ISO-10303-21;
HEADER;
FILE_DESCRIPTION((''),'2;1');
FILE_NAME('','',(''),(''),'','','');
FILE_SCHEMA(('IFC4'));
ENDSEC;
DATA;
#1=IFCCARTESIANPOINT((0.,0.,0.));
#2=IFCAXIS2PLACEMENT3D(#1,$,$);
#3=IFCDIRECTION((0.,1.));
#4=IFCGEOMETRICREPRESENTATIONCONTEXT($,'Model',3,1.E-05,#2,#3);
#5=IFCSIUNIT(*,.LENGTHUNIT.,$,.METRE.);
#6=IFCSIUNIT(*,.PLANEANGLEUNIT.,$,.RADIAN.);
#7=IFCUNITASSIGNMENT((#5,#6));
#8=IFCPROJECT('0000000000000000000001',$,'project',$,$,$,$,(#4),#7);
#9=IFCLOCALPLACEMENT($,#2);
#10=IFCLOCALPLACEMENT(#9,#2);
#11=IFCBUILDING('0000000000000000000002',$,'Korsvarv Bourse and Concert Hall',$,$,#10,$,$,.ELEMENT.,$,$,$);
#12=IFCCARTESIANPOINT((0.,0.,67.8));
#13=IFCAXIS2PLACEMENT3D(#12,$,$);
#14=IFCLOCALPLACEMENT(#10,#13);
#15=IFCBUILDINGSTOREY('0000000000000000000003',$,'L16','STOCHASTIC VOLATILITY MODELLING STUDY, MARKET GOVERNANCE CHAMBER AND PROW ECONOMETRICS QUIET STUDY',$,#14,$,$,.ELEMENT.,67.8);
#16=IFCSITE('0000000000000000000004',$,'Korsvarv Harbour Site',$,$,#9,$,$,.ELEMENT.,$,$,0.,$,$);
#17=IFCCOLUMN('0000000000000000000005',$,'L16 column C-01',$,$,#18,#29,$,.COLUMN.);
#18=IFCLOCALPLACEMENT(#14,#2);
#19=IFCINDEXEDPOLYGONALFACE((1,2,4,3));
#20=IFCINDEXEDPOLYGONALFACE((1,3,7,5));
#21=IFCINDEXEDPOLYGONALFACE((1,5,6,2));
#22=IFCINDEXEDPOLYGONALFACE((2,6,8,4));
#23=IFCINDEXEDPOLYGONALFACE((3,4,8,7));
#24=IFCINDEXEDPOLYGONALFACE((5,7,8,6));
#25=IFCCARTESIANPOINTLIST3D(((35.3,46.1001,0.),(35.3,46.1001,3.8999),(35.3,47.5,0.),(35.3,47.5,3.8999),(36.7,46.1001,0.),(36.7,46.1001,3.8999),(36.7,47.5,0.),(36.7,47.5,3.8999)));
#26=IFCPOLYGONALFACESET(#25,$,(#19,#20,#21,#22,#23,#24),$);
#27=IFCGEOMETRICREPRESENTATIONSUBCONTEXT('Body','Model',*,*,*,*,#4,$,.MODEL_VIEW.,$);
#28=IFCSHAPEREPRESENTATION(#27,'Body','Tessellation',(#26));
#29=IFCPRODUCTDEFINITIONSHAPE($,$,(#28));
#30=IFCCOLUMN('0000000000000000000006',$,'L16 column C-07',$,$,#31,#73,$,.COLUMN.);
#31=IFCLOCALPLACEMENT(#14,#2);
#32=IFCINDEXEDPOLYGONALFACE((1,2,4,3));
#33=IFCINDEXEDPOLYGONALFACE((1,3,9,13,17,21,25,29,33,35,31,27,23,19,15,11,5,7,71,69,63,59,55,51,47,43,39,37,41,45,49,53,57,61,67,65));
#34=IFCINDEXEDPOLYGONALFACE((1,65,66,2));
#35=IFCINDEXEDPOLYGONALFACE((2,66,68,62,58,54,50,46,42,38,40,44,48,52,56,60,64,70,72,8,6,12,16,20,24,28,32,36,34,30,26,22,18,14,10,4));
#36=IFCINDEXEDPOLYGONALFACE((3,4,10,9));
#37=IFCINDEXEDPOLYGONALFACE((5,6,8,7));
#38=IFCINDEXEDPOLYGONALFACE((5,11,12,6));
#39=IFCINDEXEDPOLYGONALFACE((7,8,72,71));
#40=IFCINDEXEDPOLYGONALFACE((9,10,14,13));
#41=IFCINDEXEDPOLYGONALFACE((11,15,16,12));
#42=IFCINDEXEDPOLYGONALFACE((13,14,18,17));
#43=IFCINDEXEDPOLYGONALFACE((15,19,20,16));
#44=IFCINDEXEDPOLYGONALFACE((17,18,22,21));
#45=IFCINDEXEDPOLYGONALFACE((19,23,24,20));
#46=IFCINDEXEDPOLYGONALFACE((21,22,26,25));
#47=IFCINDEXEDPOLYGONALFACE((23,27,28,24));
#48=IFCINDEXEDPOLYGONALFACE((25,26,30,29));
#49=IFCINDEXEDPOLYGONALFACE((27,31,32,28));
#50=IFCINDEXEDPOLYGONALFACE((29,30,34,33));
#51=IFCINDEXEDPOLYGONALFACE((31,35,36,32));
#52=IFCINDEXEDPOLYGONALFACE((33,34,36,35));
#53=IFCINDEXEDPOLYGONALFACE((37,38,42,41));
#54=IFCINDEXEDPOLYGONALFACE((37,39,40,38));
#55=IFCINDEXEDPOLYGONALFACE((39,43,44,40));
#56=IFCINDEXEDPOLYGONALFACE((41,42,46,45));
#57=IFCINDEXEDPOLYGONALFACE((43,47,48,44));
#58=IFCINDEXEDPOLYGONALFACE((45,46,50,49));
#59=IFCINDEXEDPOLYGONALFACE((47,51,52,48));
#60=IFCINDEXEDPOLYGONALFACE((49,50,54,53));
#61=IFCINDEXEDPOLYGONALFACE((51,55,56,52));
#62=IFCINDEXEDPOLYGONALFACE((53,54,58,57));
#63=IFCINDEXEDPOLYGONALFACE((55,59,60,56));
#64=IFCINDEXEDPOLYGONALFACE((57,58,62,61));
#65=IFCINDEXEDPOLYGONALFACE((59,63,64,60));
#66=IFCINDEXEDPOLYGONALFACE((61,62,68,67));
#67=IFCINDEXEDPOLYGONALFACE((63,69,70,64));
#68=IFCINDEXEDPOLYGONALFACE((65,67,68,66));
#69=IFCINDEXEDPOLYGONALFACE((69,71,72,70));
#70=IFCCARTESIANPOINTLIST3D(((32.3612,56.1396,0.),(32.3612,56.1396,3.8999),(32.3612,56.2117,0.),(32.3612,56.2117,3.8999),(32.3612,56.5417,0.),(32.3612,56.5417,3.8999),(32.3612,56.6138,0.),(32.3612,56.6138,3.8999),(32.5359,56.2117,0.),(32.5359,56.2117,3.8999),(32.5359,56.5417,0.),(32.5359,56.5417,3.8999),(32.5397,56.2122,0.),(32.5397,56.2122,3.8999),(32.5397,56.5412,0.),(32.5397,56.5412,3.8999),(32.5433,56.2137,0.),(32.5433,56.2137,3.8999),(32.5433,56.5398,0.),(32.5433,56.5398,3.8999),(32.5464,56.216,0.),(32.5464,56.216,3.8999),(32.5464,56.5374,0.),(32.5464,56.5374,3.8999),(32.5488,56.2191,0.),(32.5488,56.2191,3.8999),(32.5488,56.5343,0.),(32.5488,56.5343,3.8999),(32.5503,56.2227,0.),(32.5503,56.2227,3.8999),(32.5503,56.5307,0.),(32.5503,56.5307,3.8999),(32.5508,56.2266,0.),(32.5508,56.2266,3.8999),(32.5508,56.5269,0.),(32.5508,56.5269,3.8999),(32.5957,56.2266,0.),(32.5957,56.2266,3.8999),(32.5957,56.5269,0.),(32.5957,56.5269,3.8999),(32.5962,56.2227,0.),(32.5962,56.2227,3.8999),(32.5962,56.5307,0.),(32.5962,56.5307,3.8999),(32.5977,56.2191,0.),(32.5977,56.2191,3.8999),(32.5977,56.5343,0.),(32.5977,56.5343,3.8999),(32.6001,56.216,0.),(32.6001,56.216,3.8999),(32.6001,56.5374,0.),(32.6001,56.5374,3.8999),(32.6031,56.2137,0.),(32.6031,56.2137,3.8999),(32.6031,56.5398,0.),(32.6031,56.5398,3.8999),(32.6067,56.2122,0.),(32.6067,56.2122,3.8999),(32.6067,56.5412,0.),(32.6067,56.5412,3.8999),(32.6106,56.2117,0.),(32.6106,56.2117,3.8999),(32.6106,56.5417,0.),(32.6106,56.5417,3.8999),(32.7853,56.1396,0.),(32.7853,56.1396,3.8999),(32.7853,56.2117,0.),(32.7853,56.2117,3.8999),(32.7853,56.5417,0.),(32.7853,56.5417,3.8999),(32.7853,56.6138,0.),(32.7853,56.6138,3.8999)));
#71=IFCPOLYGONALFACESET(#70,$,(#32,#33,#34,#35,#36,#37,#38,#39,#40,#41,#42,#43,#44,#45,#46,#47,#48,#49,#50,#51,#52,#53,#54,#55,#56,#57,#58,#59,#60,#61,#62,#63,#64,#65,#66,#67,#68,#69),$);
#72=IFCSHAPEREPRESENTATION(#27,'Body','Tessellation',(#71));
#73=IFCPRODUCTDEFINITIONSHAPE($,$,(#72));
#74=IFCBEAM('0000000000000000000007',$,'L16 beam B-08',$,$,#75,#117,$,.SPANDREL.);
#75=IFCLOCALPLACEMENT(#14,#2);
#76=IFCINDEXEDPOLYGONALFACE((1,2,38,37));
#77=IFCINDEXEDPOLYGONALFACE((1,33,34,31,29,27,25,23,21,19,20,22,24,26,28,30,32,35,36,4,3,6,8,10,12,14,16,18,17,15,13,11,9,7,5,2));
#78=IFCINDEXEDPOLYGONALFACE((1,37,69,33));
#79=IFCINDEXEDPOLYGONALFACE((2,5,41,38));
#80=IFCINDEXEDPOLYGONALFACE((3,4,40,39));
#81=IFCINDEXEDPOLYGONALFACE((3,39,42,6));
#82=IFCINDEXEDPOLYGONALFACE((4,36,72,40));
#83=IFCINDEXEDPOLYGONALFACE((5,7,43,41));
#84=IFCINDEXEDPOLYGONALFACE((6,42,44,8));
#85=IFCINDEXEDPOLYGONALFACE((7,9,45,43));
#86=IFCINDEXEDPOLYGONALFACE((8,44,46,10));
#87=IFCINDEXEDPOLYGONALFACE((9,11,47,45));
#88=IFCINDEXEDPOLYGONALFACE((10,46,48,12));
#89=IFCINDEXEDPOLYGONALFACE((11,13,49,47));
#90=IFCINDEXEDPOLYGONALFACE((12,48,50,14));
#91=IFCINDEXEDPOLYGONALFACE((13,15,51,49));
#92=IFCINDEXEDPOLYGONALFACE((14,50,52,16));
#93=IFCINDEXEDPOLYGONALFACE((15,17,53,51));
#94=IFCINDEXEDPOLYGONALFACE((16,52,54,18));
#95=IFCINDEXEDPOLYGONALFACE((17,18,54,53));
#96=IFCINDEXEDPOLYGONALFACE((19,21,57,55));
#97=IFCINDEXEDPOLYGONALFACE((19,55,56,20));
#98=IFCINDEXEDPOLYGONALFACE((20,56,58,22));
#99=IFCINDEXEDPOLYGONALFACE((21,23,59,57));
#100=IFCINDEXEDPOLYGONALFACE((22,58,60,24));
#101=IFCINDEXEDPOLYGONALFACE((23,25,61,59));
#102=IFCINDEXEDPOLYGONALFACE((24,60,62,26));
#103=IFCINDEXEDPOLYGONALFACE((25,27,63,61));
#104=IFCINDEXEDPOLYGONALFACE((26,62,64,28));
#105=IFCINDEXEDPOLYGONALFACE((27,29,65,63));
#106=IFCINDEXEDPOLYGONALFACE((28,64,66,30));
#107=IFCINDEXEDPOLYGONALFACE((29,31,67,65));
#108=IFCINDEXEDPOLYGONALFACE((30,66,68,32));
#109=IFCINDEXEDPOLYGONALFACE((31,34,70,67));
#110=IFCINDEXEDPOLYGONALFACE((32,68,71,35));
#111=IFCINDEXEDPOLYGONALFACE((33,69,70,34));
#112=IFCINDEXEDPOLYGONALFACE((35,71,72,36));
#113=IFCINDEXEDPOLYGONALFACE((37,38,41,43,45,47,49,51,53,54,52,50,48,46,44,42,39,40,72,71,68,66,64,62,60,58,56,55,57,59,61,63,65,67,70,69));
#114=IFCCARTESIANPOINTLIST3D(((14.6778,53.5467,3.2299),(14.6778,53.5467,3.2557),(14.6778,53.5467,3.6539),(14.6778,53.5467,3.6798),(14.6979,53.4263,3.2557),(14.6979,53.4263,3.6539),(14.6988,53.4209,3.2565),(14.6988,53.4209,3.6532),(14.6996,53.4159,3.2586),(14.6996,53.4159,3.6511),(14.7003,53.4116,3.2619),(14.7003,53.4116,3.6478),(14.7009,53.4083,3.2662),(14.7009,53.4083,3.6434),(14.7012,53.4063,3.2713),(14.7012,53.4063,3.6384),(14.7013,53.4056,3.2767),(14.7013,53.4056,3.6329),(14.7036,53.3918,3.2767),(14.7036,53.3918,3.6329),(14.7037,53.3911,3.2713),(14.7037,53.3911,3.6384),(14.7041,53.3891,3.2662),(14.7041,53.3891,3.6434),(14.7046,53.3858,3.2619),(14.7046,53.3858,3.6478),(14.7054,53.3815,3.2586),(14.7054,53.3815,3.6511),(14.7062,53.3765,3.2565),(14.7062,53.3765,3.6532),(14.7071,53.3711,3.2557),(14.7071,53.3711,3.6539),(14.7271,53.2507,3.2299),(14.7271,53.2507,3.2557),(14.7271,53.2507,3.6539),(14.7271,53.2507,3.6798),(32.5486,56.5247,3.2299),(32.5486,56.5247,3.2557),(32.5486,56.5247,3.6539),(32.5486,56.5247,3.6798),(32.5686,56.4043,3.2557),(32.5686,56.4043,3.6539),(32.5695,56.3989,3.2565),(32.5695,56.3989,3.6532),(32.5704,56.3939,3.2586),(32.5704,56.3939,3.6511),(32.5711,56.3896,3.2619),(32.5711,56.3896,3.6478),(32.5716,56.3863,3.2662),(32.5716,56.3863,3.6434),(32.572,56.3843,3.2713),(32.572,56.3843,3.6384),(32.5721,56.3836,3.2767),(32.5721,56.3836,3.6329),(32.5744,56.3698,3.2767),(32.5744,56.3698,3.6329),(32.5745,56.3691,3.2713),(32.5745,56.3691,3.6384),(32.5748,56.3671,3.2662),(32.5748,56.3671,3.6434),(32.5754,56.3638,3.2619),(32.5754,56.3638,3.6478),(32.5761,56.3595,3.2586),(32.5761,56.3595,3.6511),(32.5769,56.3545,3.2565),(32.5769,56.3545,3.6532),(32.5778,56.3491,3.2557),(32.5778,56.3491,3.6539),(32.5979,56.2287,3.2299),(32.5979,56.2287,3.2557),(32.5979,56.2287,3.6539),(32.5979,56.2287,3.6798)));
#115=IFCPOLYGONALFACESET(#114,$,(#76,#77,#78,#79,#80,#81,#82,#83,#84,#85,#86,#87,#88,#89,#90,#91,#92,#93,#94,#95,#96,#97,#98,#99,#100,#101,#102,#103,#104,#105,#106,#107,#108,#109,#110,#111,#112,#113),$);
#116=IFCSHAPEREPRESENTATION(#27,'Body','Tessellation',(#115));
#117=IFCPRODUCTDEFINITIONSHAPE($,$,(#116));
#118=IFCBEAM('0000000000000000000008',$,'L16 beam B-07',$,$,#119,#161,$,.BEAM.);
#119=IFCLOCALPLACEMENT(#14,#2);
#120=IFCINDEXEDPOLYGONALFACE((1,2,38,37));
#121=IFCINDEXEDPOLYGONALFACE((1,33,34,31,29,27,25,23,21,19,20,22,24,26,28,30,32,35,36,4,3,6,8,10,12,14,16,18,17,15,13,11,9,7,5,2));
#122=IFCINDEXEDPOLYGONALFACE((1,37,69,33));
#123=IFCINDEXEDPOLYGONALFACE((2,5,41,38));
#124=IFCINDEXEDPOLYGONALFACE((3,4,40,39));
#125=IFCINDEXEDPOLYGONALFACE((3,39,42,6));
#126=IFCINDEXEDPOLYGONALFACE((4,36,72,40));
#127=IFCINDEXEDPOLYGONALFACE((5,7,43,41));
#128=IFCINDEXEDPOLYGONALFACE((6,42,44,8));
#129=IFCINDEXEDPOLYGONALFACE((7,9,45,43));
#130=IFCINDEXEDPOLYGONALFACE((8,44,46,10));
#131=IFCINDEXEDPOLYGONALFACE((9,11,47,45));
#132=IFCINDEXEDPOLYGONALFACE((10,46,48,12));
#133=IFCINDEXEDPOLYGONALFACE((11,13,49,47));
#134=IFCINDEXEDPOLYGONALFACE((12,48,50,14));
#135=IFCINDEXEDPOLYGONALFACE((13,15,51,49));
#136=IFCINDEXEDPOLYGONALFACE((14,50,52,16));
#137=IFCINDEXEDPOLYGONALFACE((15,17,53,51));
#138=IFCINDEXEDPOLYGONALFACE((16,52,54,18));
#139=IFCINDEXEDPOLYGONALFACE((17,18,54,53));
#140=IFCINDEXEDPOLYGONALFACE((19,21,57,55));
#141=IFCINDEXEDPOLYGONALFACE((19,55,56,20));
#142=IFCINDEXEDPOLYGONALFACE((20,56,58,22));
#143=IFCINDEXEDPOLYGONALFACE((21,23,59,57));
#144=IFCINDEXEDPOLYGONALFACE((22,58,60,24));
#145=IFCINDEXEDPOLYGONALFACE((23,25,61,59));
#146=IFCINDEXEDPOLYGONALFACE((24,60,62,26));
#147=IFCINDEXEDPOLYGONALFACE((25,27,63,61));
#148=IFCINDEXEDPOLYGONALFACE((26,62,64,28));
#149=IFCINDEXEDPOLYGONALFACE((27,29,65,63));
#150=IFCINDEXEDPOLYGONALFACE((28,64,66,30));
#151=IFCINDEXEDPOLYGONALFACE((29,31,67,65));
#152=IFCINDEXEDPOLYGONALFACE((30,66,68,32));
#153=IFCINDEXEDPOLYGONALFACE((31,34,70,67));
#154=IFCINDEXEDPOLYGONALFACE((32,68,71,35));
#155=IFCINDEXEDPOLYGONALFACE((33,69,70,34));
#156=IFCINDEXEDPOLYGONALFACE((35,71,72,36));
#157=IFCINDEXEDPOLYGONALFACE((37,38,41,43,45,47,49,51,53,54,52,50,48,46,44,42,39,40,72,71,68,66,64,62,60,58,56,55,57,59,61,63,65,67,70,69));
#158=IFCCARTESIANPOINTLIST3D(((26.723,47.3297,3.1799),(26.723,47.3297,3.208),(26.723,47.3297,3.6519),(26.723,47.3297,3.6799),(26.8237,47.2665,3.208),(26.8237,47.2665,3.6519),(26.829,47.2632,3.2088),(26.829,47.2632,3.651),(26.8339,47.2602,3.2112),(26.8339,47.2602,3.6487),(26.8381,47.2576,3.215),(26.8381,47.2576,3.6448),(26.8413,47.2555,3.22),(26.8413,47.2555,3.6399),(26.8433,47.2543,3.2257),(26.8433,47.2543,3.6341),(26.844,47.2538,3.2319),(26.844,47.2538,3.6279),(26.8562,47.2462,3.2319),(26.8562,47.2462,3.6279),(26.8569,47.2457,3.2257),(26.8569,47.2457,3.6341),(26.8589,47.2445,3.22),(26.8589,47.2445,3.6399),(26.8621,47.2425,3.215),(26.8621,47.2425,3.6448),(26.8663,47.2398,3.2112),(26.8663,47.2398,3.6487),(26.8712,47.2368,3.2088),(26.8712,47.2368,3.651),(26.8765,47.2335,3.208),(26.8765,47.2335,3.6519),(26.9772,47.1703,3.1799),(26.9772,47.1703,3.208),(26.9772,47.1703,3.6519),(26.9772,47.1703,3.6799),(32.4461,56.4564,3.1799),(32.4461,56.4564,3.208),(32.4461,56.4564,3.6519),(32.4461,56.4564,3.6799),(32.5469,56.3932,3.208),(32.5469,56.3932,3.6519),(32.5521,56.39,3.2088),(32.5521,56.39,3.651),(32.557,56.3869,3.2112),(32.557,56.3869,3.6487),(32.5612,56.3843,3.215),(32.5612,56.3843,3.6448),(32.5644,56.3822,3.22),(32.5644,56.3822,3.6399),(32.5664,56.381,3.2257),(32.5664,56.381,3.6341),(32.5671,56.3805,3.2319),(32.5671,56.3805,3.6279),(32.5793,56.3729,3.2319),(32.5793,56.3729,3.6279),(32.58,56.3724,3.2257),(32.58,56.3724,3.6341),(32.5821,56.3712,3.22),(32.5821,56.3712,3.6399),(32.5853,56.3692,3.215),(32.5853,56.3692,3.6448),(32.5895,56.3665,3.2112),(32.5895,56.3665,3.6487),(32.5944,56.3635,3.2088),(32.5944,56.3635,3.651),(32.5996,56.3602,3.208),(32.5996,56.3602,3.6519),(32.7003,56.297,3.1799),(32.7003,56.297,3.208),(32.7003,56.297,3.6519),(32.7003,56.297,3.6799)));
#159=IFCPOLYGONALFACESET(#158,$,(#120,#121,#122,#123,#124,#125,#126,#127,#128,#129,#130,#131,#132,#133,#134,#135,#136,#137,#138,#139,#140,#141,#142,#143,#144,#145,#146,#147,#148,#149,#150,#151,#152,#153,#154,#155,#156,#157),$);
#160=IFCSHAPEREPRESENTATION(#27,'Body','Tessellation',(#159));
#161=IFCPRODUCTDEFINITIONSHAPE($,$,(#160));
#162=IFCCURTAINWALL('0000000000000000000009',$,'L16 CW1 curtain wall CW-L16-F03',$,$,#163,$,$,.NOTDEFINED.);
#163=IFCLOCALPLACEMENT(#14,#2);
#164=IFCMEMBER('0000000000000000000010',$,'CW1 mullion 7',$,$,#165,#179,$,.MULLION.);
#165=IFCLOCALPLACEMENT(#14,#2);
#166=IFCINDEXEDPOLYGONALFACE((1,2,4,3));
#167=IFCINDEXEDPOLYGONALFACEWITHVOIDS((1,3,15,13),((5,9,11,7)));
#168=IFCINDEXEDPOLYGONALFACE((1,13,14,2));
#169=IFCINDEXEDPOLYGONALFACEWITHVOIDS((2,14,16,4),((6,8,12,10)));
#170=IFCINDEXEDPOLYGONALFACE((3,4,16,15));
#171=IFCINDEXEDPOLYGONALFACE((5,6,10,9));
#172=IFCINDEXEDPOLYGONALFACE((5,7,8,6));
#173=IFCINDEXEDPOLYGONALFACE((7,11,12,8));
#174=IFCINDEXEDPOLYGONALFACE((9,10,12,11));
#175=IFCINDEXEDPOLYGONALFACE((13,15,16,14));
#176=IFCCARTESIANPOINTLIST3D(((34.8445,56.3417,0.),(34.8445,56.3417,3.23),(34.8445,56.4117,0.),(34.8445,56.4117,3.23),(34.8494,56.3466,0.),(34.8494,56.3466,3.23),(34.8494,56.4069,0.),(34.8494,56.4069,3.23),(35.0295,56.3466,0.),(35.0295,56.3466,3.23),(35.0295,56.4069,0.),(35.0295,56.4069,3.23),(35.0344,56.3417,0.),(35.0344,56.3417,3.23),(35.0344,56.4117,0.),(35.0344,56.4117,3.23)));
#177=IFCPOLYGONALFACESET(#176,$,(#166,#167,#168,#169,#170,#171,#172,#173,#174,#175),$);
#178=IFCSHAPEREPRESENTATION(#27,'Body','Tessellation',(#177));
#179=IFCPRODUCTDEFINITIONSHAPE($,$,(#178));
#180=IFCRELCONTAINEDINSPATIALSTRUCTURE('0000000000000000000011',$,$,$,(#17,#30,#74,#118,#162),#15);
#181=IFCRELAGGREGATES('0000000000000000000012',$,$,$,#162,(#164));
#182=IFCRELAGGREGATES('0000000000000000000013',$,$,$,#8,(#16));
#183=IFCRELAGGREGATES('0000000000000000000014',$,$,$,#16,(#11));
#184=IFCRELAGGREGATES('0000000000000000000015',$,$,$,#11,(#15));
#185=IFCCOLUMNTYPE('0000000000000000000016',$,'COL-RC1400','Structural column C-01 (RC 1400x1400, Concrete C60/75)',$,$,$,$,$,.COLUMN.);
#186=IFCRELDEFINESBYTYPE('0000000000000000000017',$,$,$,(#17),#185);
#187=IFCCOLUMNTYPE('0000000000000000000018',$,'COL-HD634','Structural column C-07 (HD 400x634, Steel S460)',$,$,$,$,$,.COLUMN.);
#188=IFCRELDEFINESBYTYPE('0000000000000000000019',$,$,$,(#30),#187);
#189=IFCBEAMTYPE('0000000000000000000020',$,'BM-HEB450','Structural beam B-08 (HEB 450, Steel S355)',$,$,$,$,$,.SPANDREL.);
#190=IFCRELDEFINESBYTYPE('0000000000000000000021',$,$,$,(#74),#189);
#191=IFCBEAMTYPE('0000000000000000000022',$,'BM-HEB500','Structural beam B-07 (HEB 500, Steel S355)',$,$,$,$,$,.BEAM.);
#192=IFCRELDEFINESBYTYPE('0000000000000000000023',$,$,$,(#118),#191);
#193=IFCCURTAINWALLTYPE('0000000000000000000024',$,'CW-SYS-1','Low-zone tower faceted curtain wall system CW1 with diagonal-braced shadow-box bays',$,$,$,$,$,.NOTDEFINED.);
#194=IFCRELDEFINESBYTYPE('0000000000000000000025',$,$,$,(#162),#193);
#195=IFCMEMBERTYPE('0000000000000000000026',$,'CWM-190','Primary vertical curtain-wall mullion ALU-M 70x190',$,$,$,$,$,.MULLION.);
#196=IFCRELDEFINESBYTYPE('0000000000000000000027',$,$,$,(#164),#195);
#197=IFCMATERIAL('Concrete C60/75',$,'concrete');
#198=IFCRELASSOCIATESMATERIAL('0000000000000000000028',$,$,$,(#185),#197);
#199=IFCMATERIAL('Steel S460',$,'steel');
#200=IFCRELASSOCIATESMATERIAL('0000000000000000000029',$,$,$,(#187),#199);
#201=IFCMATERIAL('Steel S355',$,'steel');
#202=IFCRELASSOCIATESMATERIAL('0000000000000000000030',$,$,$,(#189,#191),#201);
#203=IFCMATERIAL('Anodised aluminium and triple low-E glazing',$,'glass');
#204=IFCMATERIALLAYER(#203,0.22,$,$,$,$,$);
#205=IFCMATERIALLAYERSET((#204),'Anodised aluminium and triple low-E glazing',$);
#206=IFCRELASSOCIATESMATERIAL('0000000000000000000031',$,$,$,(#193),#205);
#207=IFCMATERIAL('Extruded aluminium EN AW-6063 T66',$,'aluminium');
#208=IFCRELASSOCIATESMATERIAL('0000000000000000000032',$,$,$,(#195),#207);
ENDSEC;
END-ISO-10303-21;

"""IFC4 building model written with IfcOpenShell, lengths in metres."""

from ifc_helpers import new_model, si_unit, direction, frame, origin, origin_2d, place, context, subcontext, project, spatial, rectangle, hollow_rectangle, i_section, extrude, source, transform, mapped, material, layer, layer_set, material_profile, profile_set, type_object, element, aggregate, save


model = new_model("IFC4")

# Units and contexts
model_context = context("Model", 3, precision=1e-05, world=origin(), true_north=direction((0.0, 1.0)))
body_context = subcontext(model_context, "Body", "Model", "MODEL_VIEW")
ifc_project = project(units=[si_unit("LENGTHUNIT", "METRE"), si_unit("PLANEANGLEUNIT", "RADIAN")], contexts=[model_context])

# Site, building, storey
site_placement = place(None, origin())
site = spatial("IfcSite", under=ifc_project, at=site_placement, Name="Korsvarv Harbour Site", CompositionType="ELEMENT", RefElevation=0.0)
building_placement = place(site_placement, origin())
building = spatial("IfcBuilding", under=site, at=building_placement, Name="Korsvarv Bourse and Concert Hall", CompositionType="ELEMENT")
storey_placement = place(building_placement, frame((0.0, 0.0, 67.8)))
storey = spatial("IfcBuildingStorey", under=building, at=storey_placement, Name="L16", Description="STOCHASTIC VOLATILITY MODELLING STUDY, MARKET GOVERNANCE CHAMBER AND PROW ECONOMETRICS QUIET STUDY", CompositionType="ELEMENT", Elevation=67.8)

# Columns
ifc_material_1 = material(Name="Concrete C60/75", Category="concrete")
ifc_material_profile_1 = material_profile(ifc_material_1, rectangle(XDim=1.3999, YDim=1.3999, at=origin_2d()), Name="RC 1400x1400")
ifc_profile_set_1 = profile_set([ifc_material_profile_1], Name="Concrete C60/75")
column_type_1 = type_object("IfcColumnType", Name="COL-RC1400", Description="Structural column C-01 (RC 1400x1400, Concrete C60/75)", PredefinedType="COLUMN", material=ifc_profile_set_1)
shared_shape_1 = source(origin(), body_context, "Body", "SweptSolid", [
    extrude(rectangle(XDim=1.3999, YDim=1.3999, at=origin_2d()), origin(), (0.0, 0.0, 1.0), 3.8999),
])
column_1_placement = place(storey_placement, frame((36.0, 46.8, 0.0), z_axis=(0.0, 0.0, 1.0), x_axis=(1.0, 0.0, 0.0)))
element("IfcColumn", 1, at=column_1_placement, inside=storey, type_object=column_type_1, Name="L16 column C-01", PredefinedType="COLUMN", context=body_context, shape_type="MappedRepresentation", body=[
    mapped(shared_shape_1, transform((0.0, 0.0, 0.0), scale=1.0)),
])
ifc_material_2 = material(Name="Steel S460", Category="steel")
ifc_material_profile_2 = material_profile(ifc_material_2, i_section(OverallWidth=0.4241, OverallDepth=0.4741, WebThickness=0.0449, FlangeThickness=0.072, FilletRadius=0.0149, at=origin_2d()), Name="HD 400x634")
ifc_profile_set_2 = profile_set([ifc_material_profile_2], Name="Steel S460")
column_type_2 = type_object("IfcColumnType", Name="COL-HD634", Description="Structural column C-07 (HD 400x634, Steel S460)", PredefinedType="COLUMN", material=ifc_profile_set_2)
shared_shape_2 = source(origin(), body_context, "Body", "SweptSolid", [
    extrude(i_section(OverallWidth=0.4241, OverallDepth=0.4741, WebThickness=0.0449, FlangeThickness=0.072, FilletRadius=0.0149, at=origin_2d()), origin(), (0.0, 0.0, 1.0), 3.8999),
])
column_2_placement = place(storey_placement, frame((32.5732, 56.3767, 0.0), z_axis=(0.0, 0.0, 1.0), x_axis=(1.0, 0.0, 0.0)))
element("IfcColumn", 2, at=column_2_placement, inside=storey, type_object=column_type_2, Name="L16 column C-07", PredefinedType="COLUMN", context=body_context, shape_type="MappedRepresentation", body=[
    mapped(shared_shape_2, transform((0.0, 0.0, 0.0), scale=1.0)),
])

# Beams
ifc_material_3 = material(Name="Steel S355", Category="steel")
ifc_material_profile_3 = material_profile(ifc_material_3, i_section(OverallWidth=0.3, OverallDepth=0.45, WebThickness=0.0139, FlangeThickness=0.0259, FilletRadius=0.021, at=origin_2d()), Name="HEB 450")
ifc_profile_set_3 = profile_set([ifc_material_profile_3], Name="Steel S355")
beam_type_1 = type_object("IfcBeamType", Name="BM-HEB450", Description="Structural beam B-08 (HEB 450, Steel S355)", PredefinedType="SPANDREL", material=ifc_profile_set_3)
shared_shape_3 = source(origin(), body_context, "Body", "SweptSolid", [
    extrude(i_section(OverallWidth=0.3, OverallDepth=0.45, WebThickness=0.0139, FlangeThickness=0.0259, FilletRadius=0.021, at=origin_2d()), origin(), (0.0, 0.0, 1.0), 18.1172),
])
beam_1_placement = place(storey_placement, frame((32.5732, 56.3767, 3.4548), z_axis=(-0.986398, -0.164375, 0.0), x_axis=(0.164375, -0.986398, 0.0)))
element("IfcBeam", 3, at=beam_1_placement, inside=storey, type_object=beam_type_1, Name="L16 beam B-08", PredefinedType="SPANDREL", context=body_context, shape_type="MappedRepresentation", body=[
    mapped(shared_shape_3, transform((0.0, 0.0, 0.0), scale=1.0)),
])
ifc_material_profile_4 = material_profile(ifc_material_3, i_section(OverallWidth=0.3, OverallDepth=0.5, WebThickness=0.0144, FlangeThickness=0.0281, FilletRadius=0.0239, at=origin_2d()), Name="HEB 500")
ifc_profile_set_4 = profile_set([ifc_material_profile_4], Name="Steel S355")
beam_type_2 = type_object("IfcBeamType", Name="BM-HEB500", Description="Structural beam B-07 (HEB 500, Steel S355)", PredefinedType="BEAM", material=ifc_profile_set_4)
shared_shape_4 = source(origin(), body_context, "Body", "SweptSolid", [
    extrude(i_section(OverallWidth=0.3, OverallDepth=0.5, WebThickness=0.0144, FlangeThickness=0.0281, FilletRadius=0.0239, at=origin_2d()), origin(), (0.0, 0.0, 1.0), 10.7727),
])
beam_2_placement = place(storey_placement, frame((32.5732, 56.3767, 3.4299), z_axis=(-0.531263, -0.847207, 0.0), x_axis=(0.847207, -0.531263, 0.0)))
element("IfcBeam", 4, at=beam_2_placement, inside=storey, type_object=beam_type_2, Name="L16 beam B-07", PredefinedType="BEAM", context=body_context, shape_type="MappedRepresentation", body=[
    mapped(shared_shape_4, transform((0.0, 0.0, 0.0), scale=1.0)),
])

# Curtain wall, member
ifc_material_4 = material(Name="Anodised aluminium and triple low-E glazing", Category="glass")
ifc_layer_1 = layer(ifc_material_4, 0.22)
ifc_layer_set_1 = layer_set([ifc_layer_1], Name="Anodised aluminium and triple low-E glazing")
curtain_wall_type = type_object("IfcCurtainWallType", Name="CW-SYS-1", Description="Low-zone tower faceted curtain wall system CW1 with diagonal-braced shadow-box bays", PredefinedType="NOTDEFINED", material=ifc_layer_set_1)
curtain_wall_placement = place(storey_placement, origin())
curtain_wall = element("IfcCurtainWall", 5, at=curtain_wall_placement, inside=storey, type_object=curtain_wall_type, Name="L16 CW1 curtain wall CW-L16-F03", PredefinedType="NOTDEFINED")
ifc_material_5 = material(Name="Extruded aluminium EN AW-6063 T66", Category="aluminium")
ifc_material_profile_5 = material_profile(ifc_material_5, hollow_rectangle(XDim=0.0701, YDim=0.1899, WallThickness=0.0049, at=origin_2d()), Name="ALU-M 70x190")
ifc_profile_set_5 = profile_set([ifc_material_profile_5], Name="Extruded aluminium EN AW-6063 T66")
member_type_1 = type_object("IfcMemberType", Name="CWM-190", Description="Primary vertical curtain-wall mullion ALU-M 70x190", PredefinedType="MULLION", material=ifc_profile_set_5)
shared_shape_5 = source(origin(), body_context, "Body", "SweptSolid", [
    extrude(hollow_rectangle(XDim=0.0701, YDim=0.1899, WallThickness=0.0049, at=origin_2d()), origin(), (0.0, 0.0, 1.0), 3.23),
])
member_1_placement = place(storey_placement, frame((34.9395, 56.3767, 0.0), z_axis=(0.0, 0.0, 1.0), x_axis=(0.0, -1.0, 0.0)))
member_1 = element("IfcMember", 6, at=member_1_placement, type_object=member_type_1, Name="CW1 mullion 7", PredefinedType="MULLION", context=body_context, shape_type="MappedRepresentation", body=[
    mapped(shared_shape_5, transform((0.0, 0.0, 0.0), scale=1.0)),
])
aggregate(curtain_wall, [member_1])

save(model, "model.ifc")
